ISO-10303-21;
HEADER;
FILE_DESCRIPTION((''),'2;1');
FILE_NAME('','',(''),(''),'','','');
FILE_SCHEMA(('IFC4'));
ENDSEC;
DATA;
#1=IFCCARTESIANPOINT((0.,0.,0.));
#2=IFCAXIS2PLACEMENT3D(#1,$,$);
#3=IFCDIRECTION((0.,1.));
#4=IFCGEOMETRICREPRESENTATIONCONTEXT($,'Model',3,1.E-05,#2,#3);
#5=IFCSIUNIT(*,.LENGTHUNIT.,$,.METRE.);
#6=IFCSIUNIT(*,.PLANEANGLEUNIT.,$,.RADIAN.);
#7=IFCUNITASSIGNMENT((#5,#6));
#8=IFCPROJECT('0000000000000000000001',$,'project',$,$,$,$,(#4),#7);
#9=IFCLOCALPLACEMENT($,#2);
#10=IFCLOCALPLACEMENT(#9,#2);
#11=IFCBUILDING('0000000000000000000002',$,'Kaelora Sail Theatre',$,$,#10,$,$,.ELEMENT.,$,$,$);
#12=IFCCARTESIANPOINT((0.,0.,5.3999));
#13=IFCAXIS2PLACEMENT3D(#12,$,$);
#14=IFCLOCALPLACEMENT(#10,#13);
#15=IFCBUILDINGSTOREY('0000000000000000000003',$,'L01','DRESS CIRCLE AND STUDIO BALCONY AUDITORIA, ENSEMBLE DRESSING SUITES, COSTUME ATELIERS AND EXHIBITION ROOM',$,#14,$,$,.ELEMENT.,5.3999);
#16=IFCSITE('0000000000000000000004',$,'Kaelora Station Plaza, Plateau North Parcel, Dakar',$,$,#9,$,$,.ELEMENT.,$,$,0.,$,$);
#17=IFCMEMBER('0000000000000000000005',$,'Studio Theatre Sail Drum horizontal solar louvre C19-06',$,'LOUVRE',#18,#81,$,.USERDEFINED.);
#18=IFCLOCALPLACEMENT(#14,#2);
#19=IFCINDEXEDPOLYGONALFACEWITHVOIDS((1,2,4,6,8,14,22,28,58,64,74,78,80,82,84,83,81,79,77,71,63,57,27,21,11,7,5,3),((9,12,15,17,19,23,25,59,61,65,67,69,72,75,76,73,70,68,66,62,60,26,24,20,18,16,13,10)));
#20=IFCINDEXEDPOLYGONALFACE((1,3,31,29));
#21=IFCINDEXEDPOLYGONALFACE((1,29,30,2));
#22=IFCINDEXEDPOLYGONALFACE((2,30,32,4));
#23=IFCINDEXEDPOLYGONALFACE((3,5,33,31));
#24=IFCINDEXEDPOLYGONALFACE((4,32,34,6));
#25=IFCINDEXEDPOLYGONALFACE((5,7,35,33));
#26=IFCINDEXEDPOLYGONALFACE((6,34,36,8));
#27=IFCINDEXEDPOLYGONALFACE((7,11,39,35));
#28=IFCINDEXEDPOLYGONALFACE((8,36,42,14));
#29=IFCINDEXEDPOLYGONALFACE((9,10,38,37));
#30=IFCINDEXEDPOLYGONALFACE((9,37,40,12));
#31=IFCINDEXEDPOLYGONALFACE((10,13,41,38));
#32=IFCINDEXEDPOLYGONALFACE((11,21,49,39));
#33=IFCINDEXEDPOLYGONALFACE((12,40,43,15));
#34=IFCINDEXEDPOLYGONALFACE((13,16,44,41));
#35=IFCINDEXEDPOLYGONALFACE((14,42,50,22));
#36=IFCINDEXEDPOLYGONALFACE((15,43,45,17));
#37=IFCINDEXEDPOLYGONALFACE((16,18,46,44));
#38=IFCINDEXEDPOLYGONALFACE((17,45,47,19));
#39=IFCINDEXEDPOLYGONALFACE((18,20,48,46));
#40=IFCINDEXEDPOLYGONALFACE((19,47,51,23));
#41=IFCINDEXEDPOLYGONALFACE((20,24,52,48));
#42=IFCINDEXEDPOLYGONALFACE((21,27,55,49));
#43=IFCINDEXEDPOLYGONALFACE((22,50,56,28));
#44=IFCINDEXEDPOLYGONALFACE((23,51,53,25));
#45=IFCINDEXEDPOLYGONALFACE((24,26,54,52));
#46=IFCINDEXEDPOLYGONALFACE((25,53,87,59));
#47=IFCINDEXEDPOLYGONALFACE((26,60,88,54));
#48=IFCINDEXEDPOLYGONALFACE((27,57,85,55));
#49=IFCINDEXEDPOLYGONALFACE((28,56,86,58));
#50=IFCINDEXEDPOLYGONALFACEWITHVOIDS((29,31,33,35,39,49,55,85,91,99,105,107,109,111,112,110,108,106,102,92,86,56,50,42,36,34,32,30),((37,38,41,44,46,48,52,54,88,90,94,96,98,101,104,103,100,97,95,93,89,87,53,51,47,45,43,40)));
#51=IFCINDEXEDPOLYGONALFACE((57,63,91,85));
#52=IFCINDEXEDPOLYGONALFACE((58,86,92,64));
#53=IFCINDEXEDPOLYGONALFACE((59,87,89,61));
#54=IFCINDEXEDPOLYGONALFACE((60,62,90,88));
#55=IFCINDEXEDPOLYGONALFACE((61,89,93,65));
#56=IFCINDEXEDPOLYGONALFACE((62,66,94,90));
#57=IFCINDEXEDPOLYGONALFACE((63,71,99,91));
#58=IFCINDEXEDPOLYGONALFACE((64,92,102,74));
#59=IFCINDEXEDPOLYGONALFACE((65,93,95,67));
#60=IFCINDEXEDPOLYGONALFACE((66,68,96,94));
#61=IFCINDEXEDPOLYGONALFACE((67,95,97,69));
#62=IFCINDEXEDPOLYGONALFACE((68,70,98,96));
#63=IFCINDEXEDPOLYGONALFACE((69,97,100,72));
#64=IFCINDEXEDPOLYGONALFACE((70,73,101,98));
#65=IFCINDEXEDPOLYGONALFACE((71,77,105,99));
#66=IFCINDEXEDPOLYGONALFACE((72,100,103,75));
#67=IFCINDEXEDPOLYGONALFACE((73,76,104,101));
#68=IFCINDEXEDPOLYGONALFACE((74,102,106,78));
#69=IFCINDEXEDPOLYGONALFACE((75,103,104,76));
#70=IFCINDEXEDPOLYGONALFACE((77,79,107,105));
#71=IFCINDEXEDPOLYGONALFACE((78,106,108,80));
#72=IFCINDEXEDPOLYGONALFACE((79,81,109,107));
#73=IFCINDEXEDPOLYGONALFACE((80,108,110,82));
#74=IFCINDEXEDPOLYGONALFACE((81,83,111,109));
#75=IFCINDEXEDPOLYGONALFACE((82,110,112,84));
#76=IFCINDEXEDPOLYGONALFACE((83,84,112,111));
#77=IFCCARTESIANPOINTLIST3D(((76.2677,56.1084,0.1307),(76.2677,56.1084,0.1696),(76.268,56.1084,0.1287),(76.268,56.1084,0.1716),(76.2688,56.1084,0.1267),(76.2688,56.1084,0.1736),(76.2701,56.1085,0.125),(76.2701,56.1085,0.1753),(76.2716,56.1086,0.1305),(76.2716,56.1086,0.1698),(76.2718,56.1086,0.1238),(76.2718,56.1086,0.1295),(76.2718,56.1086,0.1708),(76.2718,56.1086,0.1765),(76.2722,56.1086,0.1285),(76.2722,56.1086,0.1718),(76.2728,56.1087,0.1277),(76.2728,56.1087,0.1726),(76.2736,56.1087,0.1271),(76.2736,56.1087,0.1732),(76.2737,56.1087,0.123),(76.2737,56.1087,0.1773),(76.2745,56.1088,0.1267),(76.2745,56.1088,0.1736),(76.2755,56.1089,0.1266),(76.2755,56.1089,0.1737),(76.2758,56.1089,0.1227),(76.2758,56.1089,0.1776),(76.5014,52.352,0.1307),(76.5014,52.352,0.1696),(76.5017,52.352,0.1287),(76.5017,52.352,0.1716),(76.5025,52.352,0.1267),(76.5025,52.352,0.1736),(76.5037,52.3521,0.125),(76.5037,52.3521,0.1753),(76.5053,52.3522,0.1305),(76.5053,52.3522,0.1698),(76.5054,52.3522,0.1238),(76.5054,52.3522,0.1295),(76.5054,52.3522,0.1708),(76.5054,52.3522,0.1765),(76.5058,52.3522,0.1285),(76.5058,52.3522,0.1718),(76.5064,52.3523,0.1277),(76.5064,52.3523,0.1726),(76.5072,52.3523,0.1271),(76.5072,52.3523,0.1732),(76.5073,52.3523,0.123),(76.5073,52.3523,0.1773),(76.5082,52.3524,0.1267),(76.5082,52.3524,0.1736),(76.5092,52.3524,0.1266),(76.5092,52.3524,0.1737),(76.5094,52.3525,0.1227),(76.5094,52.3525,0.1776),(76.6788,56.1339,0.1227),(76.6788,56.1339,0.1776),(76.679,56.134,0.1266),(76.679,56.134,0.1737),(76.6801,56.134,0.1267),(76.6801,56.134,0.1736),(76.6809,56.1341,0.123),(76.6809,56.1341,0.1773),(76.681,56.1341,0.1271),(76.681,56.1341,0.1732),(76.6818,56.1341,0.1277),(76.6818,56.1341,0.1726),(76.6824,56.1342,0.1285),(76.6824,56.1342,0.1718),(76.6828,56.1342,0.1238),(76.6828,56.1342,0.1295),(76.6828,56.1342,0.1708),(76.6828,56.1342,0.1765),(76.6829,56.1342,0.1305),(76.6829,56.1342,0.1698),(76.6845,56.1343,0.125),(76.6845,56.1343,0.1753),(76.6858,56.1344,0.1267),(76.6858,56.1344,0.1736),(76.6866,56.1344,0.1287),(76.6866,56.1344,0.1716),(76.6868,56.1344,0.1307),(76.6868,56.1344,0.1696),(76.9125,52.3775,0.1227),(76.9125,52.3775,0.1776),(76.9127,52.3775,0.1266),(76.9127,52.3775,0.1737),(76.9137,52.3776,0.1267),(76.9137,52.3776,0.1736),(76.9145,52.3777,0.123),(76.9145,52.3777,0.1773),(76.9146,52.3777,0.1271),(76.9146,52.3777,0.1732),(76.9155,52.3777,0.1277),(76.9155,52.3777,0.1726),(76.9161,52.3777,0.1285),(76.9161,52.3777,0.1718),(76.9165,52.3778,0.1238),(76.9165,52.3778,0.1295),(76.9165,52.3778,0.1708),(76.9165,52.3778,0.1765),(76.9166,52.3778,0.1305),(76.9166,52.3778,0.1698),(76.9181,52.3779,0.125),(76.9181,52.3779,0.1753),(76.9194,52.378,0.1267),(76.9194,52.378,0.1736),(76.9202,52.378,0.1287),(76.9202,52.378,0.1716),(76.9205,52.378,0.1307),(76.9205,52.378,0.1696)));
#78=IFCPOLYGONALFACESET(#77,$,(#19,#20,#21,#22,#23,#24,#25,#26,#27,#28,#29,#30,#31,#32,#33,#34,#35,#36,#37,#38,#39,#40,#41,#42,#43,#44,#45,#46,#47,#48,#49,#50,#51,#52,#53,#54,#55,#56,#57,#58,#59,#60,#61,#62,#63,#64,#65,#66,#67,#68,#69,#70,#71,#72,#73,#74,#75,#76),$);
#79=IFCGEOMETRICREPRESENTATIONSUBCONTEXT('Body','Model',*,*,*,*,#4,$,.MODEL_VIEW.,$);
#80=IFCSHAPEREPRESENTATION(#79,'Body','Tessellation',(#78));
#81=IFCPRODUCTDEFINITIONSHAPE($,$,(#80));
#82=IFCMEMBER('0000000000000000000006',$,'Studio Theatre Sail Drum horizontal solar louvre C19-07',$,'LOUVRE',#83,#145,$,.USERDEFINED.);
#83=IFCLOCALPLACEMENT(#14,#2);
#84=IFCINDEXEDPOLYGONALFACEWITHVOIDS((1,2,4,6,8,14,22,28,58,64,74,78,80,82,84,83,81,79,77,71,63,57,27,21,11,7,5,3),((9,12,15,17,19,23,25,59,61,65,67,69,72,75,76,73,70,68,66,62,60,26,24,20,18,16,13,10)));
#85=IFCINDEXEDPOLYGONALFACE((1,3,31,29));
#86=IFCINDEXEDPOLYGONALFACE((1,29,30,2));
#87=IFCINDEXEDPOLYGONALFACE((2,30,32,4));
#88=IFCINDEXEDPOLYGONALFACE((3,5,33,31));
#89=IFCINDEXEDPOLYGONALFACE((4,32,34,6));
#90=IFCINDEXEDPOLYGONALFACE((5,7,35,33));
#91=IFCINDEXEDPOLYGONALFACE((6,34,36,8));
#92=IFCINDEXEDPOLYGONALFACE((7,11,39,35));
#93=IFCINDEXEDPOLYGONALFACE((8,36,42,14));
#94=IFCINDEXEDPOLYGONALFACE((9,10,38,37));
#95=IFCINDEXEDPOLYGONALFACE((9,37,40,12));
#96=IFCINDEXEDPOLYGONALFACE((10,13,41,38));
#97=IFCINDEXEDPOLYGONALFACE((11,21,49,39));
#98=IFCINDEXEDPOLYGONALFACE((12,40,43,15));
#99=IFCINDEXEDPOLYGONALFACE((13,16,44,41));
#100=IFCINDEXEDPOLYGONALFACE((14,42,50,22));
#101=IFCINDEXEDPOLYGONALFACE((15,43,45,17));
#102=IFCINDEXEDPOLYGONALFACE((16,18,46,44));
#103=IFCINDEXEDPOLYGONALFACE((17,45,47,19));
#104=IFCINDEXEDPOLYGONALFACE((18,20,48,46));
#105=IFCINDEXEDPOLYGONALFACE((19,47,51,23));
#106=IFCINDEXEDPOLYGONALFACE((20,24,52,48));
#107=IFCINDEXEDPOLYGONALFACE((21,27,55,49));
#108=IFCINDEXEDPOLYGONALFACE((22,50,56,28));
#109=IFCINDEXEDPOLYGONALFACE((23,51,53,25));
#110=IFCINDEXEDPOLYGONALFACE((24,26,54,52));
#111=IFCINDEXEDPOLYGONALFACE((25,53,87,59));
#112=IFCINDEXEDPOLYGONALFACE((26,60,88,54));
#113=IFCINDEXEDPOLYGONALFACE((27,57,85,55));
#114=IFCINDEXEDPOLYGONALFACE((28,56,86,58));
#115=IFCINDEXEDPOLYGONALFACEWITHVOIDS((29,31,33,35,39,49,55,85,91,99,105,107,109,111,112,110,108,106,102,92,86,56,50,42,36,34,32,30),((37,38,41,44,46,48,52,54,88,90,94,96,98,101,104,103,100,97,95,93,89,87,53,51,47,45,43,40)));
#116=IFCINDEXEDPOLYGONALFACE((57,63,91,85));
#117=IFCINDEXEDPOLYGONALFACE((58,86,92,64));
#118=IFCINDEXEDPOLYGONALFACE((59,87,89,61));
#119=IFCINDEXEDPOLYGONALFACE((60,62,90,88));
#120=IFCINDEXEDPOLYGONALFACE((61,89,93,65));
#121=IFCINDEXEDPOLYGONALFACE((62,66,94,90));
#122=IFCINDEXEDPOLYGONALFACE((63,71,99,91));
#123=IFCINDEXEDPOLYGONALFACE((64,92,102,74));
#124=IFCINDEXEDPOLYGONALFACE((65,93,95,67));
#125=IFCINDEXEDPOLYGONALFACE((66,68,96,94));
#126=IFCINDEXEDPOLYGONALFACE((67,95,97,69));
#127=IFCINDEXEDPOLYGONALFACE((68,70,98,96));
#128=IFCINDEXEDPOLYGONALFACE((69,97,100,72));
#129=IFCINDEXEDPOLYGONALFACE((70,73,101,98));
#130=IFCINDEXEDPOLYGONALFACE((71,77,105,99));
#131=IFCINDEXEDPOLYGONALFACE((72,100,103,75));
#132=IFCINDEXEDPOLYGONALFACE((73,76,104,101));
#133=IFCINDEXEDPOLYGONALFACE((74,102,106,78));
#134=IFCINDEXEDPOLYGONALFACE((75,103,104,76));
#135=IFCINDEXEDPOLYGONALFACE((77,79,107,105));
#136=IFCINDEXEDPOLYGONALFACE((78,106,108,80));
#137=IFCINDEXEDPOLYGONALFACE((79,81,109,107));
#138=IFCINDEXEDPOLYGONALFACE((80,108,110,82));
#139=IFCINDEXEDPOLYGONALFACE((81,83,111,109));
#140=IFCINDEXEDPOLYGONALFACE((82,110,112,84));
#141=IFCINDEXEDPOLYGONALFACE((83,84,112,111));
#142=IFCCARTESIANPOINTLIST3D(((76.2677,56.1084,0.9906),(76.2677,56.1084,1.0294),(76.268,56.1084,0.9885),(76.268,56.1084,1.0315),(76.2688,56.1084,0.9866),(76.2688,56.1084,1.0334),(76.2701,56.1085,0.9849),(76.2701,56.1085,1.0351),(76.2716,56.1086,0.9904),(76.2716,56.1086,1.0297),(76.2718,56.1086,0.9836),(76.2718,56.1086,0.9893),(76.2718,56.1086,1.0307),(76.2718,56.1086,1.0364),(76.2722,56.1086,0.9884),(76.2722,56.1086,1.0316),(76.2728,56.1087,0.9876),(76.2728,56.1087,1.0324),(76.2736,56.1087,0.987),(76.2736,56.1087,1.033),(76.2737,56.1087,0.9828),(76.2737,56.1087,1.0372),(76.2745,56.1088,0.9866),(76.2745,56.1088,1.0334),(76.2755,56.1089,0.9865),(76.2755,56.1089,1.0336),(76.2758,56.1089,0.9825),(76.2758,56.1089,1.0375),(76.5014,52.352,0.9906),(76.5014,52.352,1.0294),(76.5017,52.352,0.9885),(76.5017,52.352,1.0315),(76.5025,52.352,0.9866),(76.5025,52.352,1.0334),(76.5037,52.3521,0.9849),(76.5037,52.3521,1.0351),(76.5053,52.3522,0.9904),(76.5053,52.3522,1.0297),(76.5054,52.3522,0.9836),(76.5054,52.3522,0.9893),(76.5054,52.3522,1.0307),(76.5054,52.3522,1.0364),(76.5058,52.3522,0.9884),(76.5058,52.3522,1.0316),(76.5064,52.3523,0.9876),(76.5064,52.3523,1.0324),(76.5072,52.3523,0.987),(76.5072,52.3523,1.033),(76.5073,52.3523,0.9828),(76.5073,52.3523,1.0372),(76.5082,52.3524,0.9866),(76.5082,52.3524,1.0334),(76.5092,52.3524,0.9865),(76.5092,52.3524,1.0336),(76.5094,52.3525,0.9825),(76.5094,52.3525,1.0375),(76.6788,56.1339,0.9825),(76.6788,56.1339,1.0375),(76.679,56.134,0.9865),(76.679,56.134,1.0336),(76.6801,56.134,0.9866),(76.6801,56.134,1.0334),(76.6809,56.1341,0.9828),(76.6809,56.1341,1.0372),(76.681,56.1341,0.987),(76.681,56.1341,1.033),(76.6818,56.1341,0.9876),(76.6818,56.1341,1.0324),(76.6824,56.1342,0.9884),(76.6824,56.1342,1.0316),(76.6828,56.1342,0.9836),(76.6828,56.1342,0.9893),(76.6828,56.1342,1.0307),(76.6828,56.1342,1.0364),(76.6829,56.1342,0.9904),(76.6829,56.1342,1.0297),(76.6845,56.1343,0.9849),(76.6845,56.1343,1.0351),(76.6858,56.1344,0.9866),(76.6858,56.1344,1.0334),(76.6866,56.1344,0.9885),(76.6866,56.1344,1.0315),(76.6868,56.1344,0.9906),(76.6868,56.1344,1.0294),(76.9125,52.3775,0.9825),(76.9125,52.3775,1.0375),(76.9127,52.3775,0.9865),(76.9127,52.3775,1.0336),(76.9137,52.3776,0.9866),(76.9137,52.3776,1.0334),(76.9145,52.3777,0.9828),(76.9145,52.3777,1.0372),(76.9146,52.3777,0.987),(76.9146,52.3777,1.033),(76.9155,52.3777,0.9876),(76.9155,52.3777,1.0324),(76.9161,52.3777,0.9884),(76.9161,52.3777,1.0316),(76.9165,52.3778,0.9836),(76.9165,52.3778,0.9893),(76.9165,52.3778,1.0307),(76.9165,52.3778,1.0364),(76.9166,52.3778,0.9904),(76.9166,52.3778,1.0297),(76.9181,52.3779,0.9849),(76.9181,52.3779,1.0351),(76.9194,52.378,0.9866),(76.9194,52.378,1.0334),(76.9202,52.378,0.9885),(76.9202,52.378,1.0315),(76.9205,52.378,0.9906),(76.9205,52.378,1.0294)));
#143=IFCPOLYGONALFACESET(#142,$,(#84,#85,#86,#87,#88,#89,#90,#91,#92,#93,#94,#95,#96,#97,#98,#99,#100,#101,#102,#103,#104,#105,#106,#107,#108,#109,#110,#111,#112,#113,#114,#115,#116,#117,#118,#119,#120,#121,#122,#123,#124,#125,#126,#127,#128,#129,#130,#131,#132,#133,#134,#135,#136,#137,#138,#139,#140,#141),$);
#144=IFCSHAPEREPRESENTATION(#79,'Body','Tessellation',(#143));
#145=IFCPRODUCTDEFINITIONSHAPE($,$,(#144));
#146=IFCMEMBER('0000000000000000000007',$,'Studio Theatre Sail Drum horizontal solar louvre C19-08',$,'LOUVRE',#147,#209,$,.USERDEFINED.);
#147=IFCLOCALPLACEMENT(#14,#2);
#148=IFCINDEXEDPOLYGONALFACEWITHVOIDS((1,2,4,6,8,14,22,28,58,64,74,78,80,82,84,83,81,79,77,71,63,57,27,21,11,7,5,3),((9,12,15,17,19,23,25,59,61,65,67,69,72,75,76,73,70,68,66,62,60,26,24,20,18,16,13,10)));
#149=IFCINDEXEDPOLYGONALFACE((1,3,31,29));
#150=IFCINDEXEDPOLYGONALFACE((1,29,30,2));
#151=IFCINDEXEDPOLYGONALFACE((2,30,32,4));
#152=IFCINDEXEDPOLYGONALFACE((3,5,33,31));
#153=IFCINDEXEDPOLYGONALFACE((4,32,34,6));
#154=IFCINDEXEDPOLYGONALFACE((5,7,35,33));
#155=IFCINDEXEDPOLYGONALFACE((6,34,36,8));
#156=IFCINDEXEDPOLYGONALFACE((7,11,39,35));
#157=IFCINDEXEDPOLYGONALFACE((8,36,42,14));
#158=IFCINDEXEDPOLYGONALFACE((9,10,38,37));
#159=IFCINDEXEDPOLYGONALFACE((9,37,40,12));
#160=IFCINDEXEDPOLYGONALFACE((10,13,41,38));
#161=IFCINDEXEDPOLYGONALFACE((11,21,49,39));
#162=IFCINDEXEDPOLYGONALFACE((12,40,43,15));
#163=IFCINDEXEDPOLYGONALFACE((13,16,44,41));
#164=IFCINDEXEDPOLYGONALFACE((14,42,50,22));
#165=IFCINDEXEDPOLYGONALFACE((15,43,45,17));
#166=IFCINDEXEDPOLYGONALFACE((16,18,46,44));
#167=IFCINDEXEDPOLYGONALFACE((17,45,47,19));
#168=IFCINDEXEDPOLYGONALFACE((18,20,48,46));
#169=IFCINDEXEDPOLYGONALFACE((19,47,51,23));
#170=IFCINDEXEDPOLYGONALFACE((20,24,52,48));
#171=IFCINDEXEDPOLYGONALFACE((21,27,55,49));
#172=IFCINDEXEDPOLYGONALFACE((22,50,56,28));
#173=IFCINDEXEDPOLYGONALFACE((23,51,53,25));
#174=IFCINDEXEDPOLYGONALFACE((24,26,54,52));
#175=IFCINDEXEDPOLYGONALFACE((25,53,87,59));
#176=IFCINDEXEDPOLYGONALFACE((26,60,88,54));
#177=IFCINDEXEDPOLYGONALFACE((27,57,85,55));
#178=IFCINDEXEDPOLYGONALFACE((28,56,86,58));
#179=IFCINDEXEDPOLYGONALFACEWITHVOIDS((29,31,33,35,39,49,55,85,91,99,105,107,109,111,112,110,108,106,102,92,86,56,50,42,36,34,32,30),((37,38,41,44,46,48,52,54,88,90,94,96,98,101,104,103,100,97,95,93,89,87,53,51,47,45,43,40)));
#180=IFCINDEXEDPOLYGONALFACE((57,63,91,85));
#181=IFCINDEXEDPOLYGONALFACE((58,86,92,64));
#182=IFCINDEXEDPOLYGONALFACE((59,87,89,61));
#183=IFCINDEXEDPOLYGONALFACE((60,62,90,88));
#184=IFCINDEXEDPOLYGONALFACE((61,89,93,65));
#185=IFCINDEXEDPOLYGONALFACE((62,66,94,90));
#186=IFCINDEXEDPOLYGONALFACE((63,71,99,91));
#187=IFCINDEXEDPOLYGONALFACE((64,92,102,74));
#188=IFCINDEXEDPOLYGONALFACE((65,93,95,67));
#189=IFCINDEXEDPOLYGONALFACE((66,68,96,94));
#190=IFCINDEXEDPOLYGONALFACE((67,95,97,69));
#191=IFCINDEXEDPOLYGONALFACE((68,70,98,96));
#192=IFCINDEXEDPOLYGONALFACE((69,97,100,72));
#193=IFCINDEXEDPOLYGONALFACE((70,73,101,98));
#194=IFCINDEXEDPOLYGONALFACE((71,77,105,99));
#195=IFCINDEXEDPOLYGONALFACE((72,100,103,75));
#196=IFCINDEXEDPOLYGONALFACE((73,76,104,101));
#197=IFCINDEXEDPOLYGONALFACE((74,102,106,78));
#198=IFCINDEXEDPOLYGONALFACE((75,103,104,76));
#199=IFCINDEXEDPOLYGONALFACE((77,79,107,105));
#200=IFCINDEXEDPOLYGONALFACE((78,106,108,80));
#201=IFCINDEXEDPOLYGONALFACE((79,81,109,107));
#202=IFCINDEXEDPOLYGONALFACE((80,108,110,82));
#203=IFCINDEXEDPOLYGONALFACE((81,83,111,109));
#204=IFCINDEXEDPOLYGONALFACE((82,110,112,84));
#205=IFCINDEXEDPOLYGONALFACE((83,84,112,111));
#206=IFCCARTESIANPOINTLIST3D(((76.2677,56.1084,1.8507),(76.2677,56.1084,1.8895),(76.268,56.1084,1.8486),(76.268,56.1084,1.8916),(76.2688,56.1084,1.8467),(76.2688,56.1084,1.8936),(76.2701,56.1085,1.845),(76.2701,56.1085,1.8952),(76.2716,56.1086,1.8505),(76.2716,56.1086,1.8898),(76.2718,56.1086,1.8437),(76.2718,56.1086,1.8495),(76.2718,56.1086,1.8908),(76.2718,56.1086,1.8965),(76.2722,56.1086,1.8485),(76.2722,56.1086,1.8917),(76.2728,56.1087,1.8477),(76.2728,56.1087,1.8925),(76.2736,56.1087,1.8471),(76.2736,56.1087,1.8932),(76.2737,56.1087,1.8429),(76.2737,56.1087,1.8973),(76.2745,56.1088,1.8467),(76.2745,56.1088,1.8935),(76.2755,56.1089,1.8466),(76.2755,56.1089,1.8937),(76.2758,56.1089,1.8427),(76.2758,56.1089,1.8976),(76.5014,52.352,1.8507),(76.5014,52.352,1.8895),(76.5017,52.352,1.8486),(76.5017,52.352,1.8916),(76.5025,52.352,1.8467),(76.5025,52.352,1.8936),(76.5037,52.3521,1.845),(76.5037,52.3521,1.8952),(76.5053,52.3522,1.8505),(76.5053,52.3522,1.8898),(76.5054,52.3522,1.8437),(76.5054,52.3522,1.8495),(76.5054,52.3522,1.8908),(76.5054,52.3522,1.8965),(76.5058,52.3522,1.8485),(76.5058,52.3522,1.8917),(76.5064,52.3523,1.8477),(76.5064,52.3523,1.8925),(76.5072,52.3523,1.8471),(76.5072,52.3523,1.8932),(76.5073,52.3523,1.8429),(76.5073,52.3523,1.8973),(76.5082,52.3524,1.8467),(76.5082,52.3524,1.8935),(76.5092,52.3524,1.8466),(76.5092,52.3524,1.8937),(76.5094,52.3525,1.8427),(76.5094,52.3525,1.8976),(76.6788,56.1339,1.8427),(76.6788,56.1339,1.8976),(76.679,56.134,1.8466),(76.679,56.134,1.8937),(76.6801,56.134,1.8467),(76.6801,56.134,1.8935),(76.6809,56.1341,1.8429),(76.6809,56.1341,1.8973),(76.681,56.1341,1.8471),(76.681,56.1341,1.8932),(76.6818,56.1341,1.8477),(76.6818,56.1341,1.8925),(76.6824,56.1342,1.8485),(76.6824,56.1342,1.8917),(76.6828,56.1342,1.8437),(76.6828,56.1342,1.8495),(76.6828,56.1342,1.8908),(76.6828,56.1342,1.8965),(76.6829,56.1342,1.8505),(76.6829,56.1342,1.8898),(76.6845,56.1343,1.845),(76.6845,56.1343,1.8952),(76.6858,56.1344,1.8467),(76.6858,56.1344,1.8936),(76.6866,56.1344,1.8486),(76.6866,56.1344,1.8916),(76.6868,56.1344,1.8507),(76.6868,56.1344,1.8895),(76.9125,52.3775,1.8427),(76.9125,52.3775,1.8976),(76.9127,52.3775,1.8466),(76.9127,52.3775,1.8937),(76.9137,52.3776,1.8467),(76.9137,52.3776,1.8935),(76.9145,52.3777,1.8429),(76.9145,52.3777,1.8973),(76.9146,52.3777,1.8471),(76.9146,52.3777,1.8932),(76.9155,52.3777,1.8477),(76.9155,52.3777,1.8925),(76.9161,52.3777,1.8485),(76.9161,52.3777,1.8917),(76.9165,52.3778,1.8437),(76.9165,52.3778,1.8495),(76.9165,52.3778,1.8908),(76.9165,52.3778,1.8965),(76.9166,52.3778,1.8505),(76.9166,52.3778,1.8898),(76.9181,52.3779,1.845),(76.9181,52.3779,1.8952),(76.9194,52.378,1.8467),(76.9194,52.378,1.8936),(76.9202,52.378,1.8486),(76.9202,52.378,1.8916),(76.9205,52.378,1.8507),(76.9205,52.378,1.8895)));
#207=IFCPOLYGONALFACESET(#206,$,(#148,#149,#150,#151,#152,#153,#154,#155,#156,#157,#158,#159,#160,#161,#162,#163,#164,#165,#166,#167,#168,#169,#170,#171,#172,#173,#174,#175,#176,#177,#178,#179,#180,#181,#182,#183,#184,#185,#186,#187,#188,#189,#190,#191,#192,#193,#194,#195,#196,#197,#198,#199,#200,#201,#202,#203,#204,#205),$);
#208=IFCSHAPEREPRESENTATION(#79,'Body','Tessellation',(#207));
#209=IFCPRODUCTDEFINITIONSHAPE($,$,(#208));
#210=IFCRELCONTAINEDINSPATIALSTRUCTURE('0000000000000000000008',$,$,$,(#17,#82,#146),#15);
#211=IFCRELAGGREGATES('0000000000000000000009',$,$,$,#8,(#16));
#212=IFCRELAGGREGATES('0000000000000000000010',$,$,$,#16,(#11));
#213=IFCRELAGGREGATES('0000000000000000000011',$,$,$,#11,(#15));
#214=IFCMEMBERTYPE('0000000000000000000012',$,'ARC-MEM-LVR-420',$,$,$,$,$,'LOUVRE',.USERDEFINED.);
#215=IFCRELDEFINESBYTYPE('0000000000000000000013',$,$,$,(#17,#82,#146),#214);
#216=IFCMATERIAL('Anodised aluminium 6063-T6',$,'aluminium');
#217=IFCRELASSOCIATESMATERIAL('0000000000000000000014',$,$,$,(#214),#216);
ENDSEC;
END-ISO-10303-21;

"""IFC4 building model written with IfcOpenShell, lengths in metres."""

from ifc_helpers import new_model, si_unit, direction, frame, origin, origin_2d, place, context, subcontext, project, spatial, hollow_rectangle, extrude, material, material_profile, profile_set, type_object, element, save


model = new_model("IFC4")

# Units and contexts
model_context = context("Model", 3, precision=1e-05, world=origin(), true_north=direction((0.0, 1.0)))
body_context = subcontext(model_context, "Body", "Model", "MODEL_VIEW")
ifc_project = project(units=[si_unit("LENGTHUNIT", "METRE"), si_unit("PLANEANGLEUNIT", "RADIAN")], contexts=[model_context])

# Site, building, storey
site_placement = place(None, origin())
site = spatial("IfcSite", under=ifc_project, at=site_placement, Name="Kaelora Station Plaza, Plateau North Parcel, Dakar", CompositionType="ELEMENT", RefElevation=0.0)
building_placement = place(site_placement, origin())
building = spatial("IfcBuilding", under=site, at=building_placement, Name="Kaelora Sail Theatre", CompositionType="ELEMENT")
storey_placement = place(building_placement, frame((0.0, 0.0, 5.3999)))
storey = spatial("IfcBuildingStorey", under=building, at=storey_placement, Name="L01", Description="DRESS CIRCLE AND STUDIO BALCONY AUDITORIA, ENSEMBLE DRESSING SUITES, COSTUME ATELIERS AND EXHIBITION ROOM", CompositionType="ELEMENT", Elevation=5.3999)

# Members
ifc_material_1 = material(Name="Anodised aluminium 6063-T6", Category="aluminium")
ifc_material_profile_1 = material_profile(ifc_material_1, hollow_rectangle(XDim=0.4199, YDim=0.0549, WallThickness=0.0039, InnerFilletRadius=0.0039, OuterFilletRadius=0.0081, at=origin_2d()), Name="LOUVRE 420x55x4")
ifc_profile_set_1 = profile_set([ifc_material_profile_1], Name="Anodised aluminium 6063-T6")
member_type_1 = type_object("IfcMemberType", Name="ARC-MEM-LVR-420", ElementType="LOUVRE", PredefinedType="USERDEFINED", material=ifc_profile_set_1)
for number, where, z_axis, x_axis, name in (
    (1, (76.7109, 52.365, 0.1501), (-0.062079, 0.998071, 0.0), (-0.998071, -0.062079, 0.0), "Studio Theatre Sail Drum horizontal solar louvre C19-06"),
    (2, (76.7109, 52.365, 1.01), (-0.062079, 0.998071, 0.0), (-0.998071, -0.062079, 0.0), "Studio Theatre Sail Drum horizontal solar louvre C19-07"),
    (3, (76.7109, 52.365, 1.8701), (-0.062079, 0.998071, 0.0), (-0.998071, -0.062079, 0.0), "Studio Theatre Sail Drum horizontal solar louvre C19-08"),
):
    element("IfcMember", number, at=place(storey_placement, frame(where, z_axis=z_axis, x_axis=x_axis)), inside=storey, type_object=member_type_1, Name=name, ObjectType="LOUVRE", PredefinedType="USERDEFINED", context=body_context, shape_type="SweptSolid", body=[
        extrude(hollow_rectangle(XDim=0.4199, YDim=0.0549, WallThickness=0.0039, InnerFilletRadius=0.0039, OuterFilletRadius=0.0081, at=origin_2d()), origin(), (0.0, 0.0, 1.0), 3.7637),
    ])

save(model, "model.ifc")
